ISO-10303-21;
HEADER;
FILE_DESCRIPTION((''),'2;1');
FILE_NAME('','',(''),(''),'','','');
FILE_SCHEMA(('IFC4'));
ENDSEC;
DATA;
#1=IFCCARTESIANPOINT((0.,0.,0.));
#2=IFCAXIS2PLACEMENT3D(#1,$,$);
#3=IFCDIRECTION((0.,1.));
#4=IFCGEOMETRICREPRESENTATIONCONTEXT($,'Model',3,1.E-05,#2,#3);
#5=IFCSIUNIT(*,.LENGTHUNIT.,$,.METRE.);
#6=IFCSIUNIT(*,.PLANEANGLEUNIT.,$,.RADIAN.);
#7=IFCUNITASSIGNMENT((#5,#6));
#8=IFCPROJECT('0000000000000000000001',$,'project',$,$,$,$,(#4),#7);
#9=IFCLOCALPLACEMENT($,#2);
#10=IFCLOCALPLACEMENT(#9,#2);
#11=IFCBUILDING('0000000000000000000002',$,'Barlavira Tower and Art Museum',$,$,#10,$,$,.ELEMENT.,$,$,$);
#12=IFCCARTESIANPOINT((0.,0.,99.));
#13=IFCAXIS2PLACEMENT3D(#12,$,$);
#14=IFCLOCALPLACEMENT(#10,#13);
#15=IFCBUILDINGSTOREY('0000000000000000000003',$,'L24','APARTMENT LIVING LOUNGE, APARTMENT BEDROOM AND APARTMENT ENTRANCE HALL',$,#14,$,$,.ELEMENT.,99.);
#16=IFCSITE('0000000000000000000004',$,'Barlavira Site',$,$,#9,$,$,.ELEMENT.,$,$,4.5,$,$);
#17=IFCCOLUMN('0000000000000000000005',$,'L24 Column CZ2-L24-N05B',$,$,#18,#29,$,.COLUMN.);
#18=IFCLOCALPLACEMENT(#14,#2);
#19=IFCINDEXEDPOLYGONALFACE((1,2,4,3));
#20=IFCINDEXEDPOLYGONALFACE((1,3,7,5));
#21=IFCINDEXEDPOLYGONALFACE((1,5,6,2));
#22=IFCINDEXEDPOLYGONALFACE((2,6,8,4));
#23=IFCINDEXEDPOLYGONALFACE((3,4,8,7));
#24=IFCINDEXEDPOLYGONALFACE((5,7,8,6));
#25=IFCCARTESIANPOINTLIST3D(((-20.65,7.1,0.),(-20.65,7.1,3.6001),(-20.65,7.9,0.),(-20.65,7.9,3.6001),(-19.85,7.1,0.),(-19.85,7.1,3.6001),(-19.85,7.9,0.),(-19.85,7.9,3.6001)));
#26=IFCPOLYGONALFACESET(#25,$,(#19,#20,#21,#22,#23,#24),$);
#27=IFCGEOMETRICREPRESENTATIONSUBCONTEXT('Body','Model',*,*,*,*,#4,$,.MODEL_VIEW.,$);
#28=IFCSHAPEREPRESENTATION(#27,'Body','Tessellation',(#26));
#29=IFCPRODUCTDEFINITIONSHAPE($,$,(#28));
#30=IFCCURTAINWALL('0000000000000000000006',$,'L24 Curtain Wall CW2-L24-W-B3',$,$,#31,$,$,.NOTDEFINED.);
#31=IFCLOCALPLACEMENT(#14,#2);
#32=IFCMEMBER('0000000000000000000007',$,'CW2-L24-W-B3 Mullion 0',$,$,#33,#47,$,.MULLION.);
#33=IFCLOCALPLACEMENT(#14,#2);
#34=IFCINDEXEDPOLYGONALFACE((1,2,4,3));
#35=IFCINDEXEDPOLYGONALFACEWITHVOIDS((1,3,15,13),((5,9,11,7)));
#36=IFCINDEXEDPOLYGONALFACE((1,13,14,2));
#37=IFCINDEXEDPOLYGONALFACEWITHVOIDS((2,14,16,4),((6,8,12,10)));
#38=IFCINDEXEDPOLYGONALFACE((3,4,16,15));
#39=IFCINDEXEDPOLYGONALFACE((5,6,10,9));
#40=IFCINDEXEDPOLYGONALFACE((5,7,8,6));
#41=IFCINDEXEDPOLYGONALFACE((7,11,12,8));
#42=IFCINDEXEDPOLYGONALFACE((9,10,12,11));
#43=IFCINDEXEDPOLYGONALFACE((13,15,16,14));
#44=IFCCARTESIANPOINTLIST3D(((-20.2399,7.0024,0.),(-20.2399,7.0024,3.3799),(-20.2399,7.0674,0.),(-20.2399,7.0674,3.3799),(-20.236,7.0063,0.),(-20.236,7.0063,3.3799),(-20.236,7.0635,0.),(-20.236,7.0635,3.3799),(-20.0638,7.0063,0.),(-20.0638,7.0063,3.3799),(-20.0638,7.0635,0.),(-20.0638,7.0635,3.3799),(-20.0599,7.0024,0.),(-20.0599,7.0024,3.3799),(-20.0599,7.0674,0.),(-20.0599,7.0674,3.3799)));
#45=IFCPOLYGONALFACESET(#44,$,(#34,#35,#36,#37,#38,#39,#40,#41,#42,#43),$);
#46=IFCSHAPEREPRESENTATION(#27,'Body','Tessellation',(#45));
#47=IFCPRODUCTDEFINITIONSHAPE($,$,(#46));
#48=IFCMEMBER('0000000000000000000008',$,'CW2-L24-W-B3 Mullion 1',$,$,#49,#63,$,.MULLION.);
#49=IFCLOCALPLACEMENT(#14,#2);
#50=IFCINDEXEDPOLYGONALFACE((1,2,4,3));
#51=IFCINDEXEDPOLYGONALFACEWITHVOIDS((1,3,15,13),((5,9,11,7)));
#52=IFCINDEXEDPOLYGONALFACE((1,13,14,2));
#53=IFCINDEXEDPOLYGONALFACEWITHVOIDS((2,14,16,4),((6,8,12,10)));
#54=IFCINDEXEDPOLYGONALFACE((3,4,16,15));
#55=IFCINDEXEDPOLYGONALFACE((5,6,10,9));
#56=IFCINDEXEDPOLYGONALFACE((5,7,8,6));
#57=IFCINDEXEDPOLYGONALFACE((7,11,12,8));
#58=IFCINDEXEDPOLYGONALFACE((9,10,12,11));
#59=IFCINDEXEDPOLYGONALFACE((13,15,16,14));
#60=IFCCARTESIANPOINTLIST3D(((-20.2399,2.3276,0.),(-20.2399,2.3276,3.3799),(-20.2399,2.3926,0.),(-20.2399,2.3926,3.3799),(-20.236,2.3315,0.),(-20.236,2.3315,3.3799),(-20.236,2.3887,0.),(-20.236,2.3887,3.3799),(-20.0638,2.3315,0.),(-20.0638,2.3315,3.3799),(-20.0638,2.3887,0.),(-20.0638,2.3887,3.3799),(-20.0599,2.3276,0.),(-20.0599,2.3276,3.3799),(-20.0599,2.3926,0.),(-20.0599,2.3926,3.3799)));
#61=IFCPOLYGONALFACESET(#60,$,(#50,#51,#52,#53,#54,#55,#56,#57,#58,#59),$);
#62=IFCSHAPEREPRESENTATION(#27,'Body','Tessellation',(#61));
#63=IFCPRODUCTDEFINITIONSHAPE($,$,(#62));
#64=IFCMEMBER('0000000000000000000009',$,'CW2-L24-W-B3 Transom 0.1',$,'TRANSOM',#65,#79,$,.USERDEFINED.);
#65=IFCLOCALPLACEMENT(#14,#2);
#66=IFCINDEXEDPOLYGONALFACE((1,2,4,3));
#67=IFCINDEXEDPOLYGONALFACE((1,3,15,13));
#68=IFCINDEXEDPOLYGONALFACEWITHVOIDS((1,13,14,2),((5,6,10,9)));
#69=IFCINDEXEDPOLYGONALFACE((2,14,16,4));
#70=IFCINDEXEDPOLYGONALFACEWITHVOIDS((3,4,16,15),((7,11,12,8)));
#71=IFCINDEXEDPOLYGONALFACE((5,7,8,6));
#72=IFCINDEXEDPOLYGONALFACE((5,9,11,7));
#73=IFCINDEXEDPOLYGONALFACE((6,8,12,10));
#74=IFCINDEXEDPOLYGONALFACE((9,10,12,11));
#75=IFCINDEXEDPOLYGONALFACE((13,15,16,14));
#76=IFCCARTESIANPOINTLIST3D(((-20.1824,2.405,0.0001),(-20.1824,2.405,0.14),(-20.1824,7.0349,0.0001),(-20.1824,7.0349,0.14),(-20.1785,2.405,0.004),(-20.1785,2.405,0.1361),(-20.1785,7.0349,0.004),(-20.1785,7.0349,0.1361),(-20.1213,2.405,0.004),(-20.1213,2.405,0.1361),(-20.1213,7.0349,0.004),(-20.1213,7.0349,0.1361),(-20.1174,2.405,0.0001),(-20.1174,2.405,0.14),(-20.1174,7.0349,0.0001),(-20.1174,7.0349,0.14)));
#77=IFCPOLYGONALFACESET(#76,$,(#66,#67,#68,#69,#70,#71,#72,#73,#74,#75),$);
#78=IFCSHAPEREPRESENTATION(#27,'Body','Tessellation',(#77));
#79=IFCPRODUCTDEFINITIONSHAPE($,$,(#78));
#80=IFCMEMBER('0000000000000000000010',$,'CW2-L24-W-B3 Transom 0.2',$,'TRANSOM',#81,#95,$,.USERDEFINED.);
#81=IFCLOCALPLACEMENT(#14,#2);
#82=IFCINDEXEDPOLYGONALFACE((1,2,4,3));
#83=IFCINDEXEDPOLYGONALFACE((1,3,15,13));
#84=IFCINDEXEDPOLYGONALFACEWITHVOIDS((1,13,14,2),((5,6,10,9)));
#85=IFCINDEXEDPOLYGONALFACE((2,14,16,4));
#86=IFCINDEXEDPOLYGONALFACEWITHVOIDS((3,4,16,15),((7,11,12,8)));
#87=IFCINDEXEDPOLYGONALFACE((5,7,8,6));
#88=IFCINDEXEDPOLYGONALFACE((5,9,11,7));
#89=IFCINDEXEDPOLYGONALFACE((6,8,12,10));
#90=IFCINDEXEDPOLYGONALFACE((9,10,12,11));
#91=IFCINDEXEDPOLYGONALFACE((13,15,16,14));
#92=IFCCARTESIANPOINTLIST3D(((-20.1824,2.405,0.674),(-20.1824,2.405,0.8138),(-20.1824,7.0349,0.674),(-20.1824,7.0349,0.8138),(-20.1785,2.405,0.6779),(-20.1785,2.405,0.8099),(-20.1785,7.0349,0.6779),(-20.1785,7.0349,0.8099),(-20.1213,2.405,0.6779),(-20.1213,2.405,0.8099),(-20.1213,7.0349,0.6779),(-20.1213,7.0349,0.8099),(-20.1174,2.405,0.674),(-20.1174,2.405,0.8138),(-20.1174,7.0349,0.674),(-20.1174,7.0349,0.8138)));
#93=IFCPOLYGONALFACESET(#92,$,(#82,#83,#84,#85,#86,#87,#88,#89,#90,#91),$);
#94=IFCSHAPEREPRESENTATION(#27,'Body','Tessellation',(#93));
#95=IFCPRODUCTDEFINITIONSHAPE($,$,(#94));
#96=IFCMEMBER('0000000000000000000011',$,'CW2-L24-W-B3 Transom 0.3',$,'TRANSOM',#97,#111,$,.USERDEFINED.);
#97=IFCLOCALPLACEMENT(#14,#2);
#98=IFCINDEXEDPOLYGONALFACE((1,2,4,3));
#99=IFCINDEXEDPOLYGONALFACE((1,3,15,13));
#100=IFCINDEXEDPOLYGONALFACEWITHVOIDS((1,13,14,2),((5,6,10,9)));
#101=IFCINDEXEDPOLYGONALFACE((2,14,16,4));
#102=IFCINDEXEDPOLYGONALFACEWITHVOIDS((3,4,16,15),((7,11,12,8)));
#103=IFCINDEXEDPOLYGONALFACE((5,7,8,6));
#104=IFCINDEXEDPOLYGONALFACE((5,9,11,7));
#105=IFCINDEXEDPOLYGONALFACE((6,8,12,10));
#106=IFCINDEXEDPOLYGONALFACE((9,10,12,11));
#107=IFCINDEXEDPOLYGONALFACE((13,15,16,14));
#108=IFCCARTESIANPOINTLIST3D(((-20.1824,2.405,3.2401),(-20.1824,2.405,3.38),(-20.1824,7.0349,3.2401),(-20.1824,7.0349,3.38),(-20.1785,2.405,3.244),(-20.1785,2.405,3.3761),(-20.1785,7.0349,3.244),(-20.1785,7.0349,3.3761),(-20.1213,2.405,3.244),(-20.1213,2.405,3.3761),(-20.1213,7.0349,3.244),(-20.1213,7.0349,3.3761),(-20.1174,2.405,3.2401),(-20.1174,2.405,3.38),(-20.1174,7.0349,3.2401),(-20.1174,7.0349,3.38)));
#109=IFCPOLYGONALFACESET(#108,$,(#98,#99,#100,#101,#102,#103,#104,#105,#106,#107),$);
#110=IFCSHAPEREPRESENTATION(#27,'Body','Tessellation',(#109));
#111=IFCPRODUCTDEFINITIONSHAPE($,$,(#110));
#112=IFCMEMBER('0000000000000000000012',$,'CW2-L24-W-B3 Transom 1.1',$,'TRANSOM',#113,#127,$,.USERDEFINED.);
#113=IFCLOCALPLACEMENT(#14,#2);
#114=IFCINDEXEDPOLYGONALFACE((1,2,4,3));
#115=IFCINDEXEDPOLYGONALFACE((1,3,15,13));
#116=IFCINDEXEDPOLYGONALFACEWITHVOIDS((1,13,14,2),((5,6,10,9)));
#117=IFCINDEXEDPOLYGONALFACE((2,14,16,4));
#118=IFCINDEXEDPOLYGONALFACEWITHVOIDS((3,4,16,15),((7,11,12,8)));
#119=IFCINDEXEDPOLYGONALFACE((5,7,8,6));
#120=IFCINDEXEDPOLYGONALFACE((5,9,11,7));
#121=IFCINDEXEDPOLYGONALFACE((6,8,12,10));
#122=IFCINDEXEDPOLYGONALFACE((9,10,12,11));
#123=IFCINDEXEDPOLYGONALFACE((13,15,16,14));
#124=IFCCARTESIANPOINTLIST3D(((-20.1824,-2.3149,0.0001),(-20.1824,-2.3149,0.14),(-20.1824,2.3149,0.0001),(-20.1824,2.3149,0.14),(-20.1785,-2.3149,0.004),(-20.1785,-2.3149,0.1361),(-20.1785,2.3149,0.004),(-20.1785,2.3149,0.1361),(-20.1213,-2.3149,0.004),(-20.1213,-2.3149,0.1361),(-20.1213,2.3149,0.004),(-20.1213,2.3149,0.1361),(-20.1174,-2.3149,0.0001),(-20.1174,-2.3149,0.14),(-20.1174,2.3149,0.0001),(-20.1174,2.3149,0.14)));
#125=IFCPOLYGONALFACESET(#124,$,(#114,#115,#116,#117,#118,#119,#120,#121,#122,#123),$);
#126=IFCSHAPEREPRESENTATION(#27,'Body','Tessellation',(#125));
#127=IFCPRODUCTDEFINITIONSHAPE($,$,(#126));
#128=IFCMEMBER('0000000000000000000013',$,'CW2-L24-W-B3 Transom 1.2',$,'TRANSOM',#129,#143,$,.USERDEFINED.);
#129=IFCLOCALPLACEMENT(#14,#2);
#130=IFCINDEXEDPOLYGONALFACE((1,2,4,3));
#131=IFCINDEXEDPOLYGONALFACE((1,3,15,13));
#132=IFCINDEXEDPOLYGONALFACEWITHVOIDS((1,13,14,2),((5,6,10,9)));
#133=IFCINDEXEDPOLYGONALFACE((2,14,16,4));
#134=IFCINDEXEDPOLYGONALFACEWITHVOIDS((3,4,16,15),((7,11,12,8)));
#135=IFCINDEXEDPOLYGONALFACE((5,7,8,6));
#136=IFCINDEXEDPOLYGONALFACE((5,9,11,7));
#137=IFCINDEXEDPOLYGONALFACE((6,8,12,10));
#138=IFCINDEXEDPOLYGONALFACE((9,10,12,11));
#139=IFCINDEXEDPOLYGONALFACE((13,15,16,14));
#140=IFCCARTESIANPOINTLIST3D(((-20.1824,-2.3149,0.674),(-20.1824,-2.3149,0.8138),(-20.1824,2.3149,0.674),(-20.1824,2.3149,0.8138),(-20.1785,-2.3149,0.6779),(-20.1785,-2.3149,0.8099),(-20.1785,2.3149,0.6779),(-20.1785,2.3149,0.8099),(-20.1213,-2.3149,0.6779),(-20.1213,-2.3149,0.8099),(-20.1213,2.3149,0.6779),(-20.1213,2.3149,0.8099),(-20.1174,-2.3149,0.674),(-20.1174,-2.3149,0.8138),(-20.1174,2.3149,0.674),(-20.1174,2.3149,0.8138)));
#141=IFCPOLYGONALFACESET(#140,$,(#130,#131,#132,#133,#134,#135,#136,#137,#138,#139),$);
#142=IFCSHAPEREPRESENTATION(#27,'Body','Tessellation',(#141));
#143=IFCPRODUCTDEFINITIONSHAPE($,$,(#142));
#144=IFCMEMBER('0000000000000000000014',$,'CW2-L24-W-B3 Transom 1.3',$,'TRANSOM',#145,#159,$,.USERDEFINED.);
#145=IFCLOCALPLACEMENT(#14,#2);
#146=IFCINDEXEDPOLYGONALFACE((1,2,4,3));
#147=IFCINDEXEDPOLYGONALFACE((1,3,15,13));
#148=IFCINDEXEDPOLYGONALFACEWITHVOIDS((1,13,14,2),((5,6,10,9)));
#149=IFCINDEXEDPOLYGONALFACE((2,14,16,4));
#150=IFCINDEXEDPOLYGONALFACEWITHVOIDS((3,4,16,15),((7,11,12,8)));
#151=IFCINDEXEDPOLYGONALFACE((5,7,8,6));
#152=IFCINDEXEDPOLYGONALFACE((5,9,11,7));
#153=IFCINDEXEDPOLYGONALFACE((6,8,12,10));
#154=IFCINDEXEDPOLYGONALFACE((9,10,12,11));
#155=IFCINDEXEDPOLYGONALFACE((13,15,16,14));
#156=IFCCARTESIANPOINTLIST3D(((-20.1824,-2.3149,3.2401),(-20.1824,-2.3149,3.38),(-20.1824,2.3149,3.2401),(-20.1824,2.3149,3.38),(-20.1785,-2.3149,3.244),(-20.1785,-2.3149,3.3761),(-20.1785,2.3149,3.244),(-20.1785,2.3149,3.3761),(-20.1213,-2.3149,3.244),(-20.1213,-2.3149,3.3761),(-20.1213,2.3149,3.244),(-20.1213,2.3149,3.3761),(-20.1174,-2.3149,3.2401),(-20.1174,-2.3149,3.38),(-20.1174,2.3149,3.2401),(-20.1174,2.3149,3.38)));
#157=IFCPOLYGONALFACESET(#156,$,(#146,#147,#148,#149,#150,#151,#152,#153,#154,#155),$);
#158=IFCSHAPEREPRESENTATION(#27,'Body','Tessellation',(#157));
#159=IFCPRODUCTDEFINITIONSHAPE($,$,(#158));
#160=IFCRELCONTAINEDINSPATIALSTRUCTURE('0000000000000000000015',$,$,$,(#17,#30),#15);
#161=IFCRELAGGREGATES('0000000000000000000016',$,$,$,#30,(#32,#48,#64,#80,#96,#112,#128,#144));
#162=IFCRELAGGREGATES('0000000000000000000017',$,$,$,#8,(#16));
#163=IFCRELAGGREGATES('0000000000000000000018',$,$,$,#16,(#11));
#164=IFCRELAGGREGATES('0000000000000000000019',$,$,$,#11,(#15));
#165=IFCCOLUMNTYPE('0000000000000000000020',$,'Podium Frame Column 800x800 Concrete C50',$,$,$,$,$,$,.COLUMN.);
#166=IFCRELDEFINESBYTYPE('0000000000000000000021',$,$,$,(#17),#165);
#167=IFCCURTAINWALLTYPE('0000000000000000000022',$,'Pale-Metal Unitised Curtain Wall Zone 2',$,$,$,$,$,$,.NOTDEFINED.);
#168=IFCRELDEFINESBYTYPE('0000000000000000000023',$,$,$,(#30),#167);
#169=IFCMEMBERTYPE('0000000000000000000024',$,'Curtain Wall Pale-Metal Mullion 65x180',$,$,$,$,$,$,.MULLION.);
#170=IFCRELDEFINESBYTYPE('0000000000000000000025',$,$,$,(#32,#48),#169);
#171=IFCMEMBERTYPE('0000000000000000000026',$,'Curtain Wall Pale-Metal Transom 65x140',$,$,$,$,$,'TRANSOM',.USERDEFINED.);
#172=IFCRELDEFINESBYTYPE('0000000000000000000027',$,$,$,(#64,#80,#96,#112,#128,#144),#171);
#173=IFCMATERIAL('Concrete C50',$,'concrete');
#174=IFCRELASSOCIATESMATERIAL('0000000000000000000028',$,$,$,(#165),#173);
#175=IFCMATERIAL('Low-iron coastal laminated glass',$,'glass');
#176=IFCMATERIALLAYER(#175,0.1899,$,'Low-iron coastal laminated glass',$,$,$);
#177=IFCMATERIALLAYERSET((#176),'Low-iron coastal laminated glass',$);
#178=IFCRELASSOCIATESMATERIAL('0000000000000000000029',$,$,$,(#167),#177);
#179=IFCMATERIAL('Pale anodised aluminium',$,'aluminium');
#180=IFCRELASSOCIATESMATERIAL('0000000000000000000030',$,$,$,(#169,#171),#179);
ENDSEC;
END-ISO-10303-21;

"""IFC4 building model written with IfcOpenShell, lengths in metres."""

from ifc_helpers import new_model, si_unit, direction, frame, origin, origin_2d, place, context, subcontext, project, spatial, rectangle, hollow_rectangle, extrude, material, layer, layer_set, material_profile, profile_set, type_object, element, aggregate, save


model = new_model("IFC4")

# Units and contexts
model_context = context("Model", 3, precision=1e-05, world=origin(), true_north=direction((0.0, 1.0)))
body_context = subcontext(model_context, "Body", "Model", "MODEL_VIEW")
ifc_project = project(units=[si_unit("LENGTHUNIT", "METRE"), si_unit("PLANEANGLEUNIT", "RADIAN")], contexts=[model_context])

# Site, building, storey
site_placement = place(None, origin())
site = spatial("IfcSite", under=ifc_project, at=site_placement, Name="Barlavira Site", CompositionType="ELEMENT", RefElevation=4.5)
building_placement = place(site_placement, origin())
building = spatial("IfcBuilding", under=site, at=building_placement, Name="Barlavira Tower and Art Museum", CompositionType="ELEMENT")
storey_placement = place(building_placement, frame((0.0, 0.0, 99.0)))
storey = spatial("IfcBuildingStorey", under=building, at=storey_placement, Name="L24", Description="APARTMENT LIVING LOUNGE, APARTMENT BEDROOM AND APARTMENT ENTRANCE HALL", CompositionType="ELEMENT", Elevation=99.0)

# Column
ifc_material_1 = material(Name="Concrete C50", Category="concrete")
ifc_material_profile_1 = material_profile(ifc_material_1, rectangle(XDim=0.8, YDim=0.8, at=origin_2d()), Name="RC-COL 800x800")
ifc_profile_set_1 = profile_set([ifc_material_profile_1], Name="Concrete C50")
column_type = type_object("IfcColumnType", Name="Podium Frame Column 800x800 Concrete C50", PredefinedType="COLUMN", material=ifc_profile_set_1)
column_placement = place(storey_placement, frame((-20.25, 7.5, 0.0), z_axis=(0.0, 0.0, 1.0), x_axis=(1.0, 0.0, 0.0)))
element("IfcColumn", 1, at=column_placement, inside=storey, type_object=column_type, Name="L24 Column CZ2-L24-N05B", PredefinedType="COLUMN", context=body_context, shape_type="SweptSolid", body=[
    extrude(rectangle(XDim=0.8, YDim=0.8, at=origin_2d()), origin(), (0.0, 0.0, 1.0), 3.6001),
])

# Curtain wall, members
ifc_material_2 = material(Name="Low-iron coastal laminated glass", Category="glass")
ifc_layer_1 = layer(ifc_material_2, 0.1899, Name="Low-iron coastal laminated glass")
ifc_layer_set_1 = layer_set([ifc_layer_1], Name="Low-iron coastal laminated glass")
curtain_wall_type = type_object("IfcCurtainWallType", Name="Pale-Metal Unitised Curtain Wall Zone 2", PredefinedType="NOTDEFINED", material=ifc_layer_set_1)
curtain_wall_placement = place(storey_placement, origin())
curtain_wall = element("IfcCurtainWall", 2, at=curtain_wall_placement, inside=storey, type_object=curtain_wall_type, Name="L24 Curtain Wall CW2-L24-W-B3", PredefinedType="NOTDEFINED")
ifc_material_3 = material(Name="Pale anodised aluminium", Category="aluminium")
ifc_material_profile_2 = material_profile(ifc_material_3, hollow_rectangle(XDim=0.0649, YDim=0.1799, WallThickness=0.0039, at=origin_2d()), Name="ALU-MULL 65x180x4")
ifc_profile_set_2 = profile_set([ifc_material_profile_2], Name="Pale anodised aluminium")
member_type_1 = type_object("IfcMemberType", Name="Curtain Wall Pale-Metal Mullion 65x180", PredefinedType="MULLION", material=ifc_profile_set_2)
member_1_placement = place(storey_placement, frame((-20.1499, 7.0349, 0.0), z_axis=(0.0, 0.0, 1.0), x_axis=(0.0, -1.0, 0.0)))
member_1 = element("IfcMember", 3, at=member_1_placement, type_object=member_type_1, Name="CW2-L24-W-B3 Mullion 0", PredefinedType="MULLION", context=body_context, shape_type="SweptSolid", body=[
    extrude(hollow_rectangle(XDim=0.0649, YDim=0.1799, WallThickness=0.0039, at=origin_2d()), origin(), (0.0, 0.0, 1.0), 3.3799),
])
member_2_placement = place(storey_placement, frame((-20.1499, 2.3601, 0.0), z_axis=(0.0, 0.0, 1.0), x_axis=(0.0, -1.0, 0.0)))
member_2 = element("IfcMember", 4, at=member_2_placement, type_object=member_type_1, Name="CW2-L24-W-B3 Mullion 1", PredefinedType="MULLION", context=body_context, shape_type="SweptSolid", body=[
    extrude(hollow_rectangle(XDim=0.0649, YDim=0.1799, WallThickness=0.0039, at=origin_2d()), origin(), (0.0, 0.0, 1.0), 3.3799),
])
ifc_material_profile_3 = material_profile(ifc_material_3, hollow_rectangle(XDim=0.0649, YDim=0.1399, WallThickness=0.0039, at=origin_2d()), Name="ALU-TRAN 65x140x4")
ifc_profile_set_3 = profile_set([ifc_material_profile_3], Name="Pale anodised aluminium")
member_type_2 = type_object("IfcMemberType", Name="Curtain Wall Pale-Metal Transom 65x140", ElementType="TRANSOM", PredefinedType="USERDEFINED", material=ifc_profile_set_3)
member_3_placement = place(storey_placement, frame((-20.1499, 7.0349, 0.0701), z_axis=(0.0, -1.0, 0.0), x_axis=(1.0, 0.0, 0.0)))
member_3 = element("IfcMember", 5, at=member_3_placement, type_object=member_type_2, Name="CW2-L24-W-B3 Transom 0.1", ObjectType="TRANSOM", PredefinedType="USERDEFINED", context=body_context, shape_type="SweptSolid", body=[
    extrude(hollow_rectangle(XDim=0.0649, YDim=0.1399, WallThickness=0.0039, at=origin_2d()), origin(), (0.0, 0.0, 1.0), 4.6299),
])
member_4_placement = place(storey_placement, frame((-20.1499, 7.0349, 0.7439), z_axis=(0.0, -1.0, 0.0), x_axis=(1.0, 0.0, 0.0)))
member_4 = element("IfcMember", 6, at=member_4_placement, type_object=member_type_2, Name="CW2-L24-W-B3 Transom 0.2", ObjectType="TRANSOM", PredefinedType="USERDEFINED", context=body_context, shape_type="SweptSolid", body=[
    extrude(hollow_rectangle(XDim=0.0649, YDim=0.1399, WallThickness=0.0039, at=origin_2d()), origin(), (0.0, 0.0, 1.0), 4.6299),
])
member_5_placement = place(storey_placement, frame((-20.1499, 7.0349, 3.3101), z_axis=(0.0, -1.0, 0.0), x_axis=(1.0, 0.0, 0.0)))
member_5 = element("IfcMember", 7, at=member_5_placement, type_object=member_type_2, Name="CW2-L24-W-B3 Transom 0.3", ObjectType="TRANSOM", PredefinedType="USERDEFINED", context=body_context, shape_type="SweptSolid", body=[
    extrude(hollow_rectangle(XDim=0.0649, YDim=0.1399, WallThickness=0.0039, at=origin_2d()), origin(), (0.0, 0.0, 1.0), 4.6299),
])
member_6_placement = place(storey_placement, frame((-20.1499, 2.3149, 0.0701), z_axis=(0.0, -1.0, 0.0), x_axis=(1.0, 0.0, 0.0)))
member_6 = element("IfcMember", 8, at=member_6_placement, type_object=member_type_2, Name="CW2-L24-W-B3 Transom 1.1", ObjectType="TRANSOM", PredefinedType="USERDEFINED", context=body_context, shape_type="SweptSolid", body=[
    extrude(hollow_rectangle(XDim=0.0649, YDim=0.1399, WallThickness=0.0039, at=origin_2d()), origin(), (0.0, 0.0, 1.0), 4.6299),
])
member_7_placement = place(storey_placement, frame((-20.1499, 2.3149, 0.7439), z_axis=(0.0, -1.0, 0.0), x_axis=(1.0, 0.0, 0.0)))
member_7 = element("IfcMember", 9, at=member_7_placement, type_object=member_type_2, Name="CW2-L24-W-B3 Transom 1.2", ObjectType="TRANSOM", PredefinedType="USERDEFINED", context=body_context, shape_type="SweptSolid", body=[
    extrude(hollow_rectangle(XDim=0.0649, YDim=0.1399, WallThickness=0.0039, at=origin_2d()), origin(), (0.0, 0.0, 1.0), 4.6299),
])
member_8_placement = place(storey_placement, frame((-20.1499, 2.3149, 3.3101), z_axis=(0.0, -1.0, 0.0), x_axis=(1.0, 0.0, 0.0)))
member_8 = element("IfcMember", 10, at=member_8_placement, type_object=member_type_2, Name="CW2-L24-W-B3 Transom 1.3", ObjectType="TRANSOM", PredefinedType="USERDEFINED", context=body_context, shape_type="SweptSolid", body=[
    extrude(hollow_rectangle(XDim=0.0649, YDim=0.1399, WallThickness=0.0039, at=origin_2d()), origin(), (0.0, 0.0, 1.0), 4.6299),
])

aggregate(curtain_wall, [member_1, member_2, member_3, member_4, member_5, member_6, member_7, member_8])

save(model, "model.ifc")
